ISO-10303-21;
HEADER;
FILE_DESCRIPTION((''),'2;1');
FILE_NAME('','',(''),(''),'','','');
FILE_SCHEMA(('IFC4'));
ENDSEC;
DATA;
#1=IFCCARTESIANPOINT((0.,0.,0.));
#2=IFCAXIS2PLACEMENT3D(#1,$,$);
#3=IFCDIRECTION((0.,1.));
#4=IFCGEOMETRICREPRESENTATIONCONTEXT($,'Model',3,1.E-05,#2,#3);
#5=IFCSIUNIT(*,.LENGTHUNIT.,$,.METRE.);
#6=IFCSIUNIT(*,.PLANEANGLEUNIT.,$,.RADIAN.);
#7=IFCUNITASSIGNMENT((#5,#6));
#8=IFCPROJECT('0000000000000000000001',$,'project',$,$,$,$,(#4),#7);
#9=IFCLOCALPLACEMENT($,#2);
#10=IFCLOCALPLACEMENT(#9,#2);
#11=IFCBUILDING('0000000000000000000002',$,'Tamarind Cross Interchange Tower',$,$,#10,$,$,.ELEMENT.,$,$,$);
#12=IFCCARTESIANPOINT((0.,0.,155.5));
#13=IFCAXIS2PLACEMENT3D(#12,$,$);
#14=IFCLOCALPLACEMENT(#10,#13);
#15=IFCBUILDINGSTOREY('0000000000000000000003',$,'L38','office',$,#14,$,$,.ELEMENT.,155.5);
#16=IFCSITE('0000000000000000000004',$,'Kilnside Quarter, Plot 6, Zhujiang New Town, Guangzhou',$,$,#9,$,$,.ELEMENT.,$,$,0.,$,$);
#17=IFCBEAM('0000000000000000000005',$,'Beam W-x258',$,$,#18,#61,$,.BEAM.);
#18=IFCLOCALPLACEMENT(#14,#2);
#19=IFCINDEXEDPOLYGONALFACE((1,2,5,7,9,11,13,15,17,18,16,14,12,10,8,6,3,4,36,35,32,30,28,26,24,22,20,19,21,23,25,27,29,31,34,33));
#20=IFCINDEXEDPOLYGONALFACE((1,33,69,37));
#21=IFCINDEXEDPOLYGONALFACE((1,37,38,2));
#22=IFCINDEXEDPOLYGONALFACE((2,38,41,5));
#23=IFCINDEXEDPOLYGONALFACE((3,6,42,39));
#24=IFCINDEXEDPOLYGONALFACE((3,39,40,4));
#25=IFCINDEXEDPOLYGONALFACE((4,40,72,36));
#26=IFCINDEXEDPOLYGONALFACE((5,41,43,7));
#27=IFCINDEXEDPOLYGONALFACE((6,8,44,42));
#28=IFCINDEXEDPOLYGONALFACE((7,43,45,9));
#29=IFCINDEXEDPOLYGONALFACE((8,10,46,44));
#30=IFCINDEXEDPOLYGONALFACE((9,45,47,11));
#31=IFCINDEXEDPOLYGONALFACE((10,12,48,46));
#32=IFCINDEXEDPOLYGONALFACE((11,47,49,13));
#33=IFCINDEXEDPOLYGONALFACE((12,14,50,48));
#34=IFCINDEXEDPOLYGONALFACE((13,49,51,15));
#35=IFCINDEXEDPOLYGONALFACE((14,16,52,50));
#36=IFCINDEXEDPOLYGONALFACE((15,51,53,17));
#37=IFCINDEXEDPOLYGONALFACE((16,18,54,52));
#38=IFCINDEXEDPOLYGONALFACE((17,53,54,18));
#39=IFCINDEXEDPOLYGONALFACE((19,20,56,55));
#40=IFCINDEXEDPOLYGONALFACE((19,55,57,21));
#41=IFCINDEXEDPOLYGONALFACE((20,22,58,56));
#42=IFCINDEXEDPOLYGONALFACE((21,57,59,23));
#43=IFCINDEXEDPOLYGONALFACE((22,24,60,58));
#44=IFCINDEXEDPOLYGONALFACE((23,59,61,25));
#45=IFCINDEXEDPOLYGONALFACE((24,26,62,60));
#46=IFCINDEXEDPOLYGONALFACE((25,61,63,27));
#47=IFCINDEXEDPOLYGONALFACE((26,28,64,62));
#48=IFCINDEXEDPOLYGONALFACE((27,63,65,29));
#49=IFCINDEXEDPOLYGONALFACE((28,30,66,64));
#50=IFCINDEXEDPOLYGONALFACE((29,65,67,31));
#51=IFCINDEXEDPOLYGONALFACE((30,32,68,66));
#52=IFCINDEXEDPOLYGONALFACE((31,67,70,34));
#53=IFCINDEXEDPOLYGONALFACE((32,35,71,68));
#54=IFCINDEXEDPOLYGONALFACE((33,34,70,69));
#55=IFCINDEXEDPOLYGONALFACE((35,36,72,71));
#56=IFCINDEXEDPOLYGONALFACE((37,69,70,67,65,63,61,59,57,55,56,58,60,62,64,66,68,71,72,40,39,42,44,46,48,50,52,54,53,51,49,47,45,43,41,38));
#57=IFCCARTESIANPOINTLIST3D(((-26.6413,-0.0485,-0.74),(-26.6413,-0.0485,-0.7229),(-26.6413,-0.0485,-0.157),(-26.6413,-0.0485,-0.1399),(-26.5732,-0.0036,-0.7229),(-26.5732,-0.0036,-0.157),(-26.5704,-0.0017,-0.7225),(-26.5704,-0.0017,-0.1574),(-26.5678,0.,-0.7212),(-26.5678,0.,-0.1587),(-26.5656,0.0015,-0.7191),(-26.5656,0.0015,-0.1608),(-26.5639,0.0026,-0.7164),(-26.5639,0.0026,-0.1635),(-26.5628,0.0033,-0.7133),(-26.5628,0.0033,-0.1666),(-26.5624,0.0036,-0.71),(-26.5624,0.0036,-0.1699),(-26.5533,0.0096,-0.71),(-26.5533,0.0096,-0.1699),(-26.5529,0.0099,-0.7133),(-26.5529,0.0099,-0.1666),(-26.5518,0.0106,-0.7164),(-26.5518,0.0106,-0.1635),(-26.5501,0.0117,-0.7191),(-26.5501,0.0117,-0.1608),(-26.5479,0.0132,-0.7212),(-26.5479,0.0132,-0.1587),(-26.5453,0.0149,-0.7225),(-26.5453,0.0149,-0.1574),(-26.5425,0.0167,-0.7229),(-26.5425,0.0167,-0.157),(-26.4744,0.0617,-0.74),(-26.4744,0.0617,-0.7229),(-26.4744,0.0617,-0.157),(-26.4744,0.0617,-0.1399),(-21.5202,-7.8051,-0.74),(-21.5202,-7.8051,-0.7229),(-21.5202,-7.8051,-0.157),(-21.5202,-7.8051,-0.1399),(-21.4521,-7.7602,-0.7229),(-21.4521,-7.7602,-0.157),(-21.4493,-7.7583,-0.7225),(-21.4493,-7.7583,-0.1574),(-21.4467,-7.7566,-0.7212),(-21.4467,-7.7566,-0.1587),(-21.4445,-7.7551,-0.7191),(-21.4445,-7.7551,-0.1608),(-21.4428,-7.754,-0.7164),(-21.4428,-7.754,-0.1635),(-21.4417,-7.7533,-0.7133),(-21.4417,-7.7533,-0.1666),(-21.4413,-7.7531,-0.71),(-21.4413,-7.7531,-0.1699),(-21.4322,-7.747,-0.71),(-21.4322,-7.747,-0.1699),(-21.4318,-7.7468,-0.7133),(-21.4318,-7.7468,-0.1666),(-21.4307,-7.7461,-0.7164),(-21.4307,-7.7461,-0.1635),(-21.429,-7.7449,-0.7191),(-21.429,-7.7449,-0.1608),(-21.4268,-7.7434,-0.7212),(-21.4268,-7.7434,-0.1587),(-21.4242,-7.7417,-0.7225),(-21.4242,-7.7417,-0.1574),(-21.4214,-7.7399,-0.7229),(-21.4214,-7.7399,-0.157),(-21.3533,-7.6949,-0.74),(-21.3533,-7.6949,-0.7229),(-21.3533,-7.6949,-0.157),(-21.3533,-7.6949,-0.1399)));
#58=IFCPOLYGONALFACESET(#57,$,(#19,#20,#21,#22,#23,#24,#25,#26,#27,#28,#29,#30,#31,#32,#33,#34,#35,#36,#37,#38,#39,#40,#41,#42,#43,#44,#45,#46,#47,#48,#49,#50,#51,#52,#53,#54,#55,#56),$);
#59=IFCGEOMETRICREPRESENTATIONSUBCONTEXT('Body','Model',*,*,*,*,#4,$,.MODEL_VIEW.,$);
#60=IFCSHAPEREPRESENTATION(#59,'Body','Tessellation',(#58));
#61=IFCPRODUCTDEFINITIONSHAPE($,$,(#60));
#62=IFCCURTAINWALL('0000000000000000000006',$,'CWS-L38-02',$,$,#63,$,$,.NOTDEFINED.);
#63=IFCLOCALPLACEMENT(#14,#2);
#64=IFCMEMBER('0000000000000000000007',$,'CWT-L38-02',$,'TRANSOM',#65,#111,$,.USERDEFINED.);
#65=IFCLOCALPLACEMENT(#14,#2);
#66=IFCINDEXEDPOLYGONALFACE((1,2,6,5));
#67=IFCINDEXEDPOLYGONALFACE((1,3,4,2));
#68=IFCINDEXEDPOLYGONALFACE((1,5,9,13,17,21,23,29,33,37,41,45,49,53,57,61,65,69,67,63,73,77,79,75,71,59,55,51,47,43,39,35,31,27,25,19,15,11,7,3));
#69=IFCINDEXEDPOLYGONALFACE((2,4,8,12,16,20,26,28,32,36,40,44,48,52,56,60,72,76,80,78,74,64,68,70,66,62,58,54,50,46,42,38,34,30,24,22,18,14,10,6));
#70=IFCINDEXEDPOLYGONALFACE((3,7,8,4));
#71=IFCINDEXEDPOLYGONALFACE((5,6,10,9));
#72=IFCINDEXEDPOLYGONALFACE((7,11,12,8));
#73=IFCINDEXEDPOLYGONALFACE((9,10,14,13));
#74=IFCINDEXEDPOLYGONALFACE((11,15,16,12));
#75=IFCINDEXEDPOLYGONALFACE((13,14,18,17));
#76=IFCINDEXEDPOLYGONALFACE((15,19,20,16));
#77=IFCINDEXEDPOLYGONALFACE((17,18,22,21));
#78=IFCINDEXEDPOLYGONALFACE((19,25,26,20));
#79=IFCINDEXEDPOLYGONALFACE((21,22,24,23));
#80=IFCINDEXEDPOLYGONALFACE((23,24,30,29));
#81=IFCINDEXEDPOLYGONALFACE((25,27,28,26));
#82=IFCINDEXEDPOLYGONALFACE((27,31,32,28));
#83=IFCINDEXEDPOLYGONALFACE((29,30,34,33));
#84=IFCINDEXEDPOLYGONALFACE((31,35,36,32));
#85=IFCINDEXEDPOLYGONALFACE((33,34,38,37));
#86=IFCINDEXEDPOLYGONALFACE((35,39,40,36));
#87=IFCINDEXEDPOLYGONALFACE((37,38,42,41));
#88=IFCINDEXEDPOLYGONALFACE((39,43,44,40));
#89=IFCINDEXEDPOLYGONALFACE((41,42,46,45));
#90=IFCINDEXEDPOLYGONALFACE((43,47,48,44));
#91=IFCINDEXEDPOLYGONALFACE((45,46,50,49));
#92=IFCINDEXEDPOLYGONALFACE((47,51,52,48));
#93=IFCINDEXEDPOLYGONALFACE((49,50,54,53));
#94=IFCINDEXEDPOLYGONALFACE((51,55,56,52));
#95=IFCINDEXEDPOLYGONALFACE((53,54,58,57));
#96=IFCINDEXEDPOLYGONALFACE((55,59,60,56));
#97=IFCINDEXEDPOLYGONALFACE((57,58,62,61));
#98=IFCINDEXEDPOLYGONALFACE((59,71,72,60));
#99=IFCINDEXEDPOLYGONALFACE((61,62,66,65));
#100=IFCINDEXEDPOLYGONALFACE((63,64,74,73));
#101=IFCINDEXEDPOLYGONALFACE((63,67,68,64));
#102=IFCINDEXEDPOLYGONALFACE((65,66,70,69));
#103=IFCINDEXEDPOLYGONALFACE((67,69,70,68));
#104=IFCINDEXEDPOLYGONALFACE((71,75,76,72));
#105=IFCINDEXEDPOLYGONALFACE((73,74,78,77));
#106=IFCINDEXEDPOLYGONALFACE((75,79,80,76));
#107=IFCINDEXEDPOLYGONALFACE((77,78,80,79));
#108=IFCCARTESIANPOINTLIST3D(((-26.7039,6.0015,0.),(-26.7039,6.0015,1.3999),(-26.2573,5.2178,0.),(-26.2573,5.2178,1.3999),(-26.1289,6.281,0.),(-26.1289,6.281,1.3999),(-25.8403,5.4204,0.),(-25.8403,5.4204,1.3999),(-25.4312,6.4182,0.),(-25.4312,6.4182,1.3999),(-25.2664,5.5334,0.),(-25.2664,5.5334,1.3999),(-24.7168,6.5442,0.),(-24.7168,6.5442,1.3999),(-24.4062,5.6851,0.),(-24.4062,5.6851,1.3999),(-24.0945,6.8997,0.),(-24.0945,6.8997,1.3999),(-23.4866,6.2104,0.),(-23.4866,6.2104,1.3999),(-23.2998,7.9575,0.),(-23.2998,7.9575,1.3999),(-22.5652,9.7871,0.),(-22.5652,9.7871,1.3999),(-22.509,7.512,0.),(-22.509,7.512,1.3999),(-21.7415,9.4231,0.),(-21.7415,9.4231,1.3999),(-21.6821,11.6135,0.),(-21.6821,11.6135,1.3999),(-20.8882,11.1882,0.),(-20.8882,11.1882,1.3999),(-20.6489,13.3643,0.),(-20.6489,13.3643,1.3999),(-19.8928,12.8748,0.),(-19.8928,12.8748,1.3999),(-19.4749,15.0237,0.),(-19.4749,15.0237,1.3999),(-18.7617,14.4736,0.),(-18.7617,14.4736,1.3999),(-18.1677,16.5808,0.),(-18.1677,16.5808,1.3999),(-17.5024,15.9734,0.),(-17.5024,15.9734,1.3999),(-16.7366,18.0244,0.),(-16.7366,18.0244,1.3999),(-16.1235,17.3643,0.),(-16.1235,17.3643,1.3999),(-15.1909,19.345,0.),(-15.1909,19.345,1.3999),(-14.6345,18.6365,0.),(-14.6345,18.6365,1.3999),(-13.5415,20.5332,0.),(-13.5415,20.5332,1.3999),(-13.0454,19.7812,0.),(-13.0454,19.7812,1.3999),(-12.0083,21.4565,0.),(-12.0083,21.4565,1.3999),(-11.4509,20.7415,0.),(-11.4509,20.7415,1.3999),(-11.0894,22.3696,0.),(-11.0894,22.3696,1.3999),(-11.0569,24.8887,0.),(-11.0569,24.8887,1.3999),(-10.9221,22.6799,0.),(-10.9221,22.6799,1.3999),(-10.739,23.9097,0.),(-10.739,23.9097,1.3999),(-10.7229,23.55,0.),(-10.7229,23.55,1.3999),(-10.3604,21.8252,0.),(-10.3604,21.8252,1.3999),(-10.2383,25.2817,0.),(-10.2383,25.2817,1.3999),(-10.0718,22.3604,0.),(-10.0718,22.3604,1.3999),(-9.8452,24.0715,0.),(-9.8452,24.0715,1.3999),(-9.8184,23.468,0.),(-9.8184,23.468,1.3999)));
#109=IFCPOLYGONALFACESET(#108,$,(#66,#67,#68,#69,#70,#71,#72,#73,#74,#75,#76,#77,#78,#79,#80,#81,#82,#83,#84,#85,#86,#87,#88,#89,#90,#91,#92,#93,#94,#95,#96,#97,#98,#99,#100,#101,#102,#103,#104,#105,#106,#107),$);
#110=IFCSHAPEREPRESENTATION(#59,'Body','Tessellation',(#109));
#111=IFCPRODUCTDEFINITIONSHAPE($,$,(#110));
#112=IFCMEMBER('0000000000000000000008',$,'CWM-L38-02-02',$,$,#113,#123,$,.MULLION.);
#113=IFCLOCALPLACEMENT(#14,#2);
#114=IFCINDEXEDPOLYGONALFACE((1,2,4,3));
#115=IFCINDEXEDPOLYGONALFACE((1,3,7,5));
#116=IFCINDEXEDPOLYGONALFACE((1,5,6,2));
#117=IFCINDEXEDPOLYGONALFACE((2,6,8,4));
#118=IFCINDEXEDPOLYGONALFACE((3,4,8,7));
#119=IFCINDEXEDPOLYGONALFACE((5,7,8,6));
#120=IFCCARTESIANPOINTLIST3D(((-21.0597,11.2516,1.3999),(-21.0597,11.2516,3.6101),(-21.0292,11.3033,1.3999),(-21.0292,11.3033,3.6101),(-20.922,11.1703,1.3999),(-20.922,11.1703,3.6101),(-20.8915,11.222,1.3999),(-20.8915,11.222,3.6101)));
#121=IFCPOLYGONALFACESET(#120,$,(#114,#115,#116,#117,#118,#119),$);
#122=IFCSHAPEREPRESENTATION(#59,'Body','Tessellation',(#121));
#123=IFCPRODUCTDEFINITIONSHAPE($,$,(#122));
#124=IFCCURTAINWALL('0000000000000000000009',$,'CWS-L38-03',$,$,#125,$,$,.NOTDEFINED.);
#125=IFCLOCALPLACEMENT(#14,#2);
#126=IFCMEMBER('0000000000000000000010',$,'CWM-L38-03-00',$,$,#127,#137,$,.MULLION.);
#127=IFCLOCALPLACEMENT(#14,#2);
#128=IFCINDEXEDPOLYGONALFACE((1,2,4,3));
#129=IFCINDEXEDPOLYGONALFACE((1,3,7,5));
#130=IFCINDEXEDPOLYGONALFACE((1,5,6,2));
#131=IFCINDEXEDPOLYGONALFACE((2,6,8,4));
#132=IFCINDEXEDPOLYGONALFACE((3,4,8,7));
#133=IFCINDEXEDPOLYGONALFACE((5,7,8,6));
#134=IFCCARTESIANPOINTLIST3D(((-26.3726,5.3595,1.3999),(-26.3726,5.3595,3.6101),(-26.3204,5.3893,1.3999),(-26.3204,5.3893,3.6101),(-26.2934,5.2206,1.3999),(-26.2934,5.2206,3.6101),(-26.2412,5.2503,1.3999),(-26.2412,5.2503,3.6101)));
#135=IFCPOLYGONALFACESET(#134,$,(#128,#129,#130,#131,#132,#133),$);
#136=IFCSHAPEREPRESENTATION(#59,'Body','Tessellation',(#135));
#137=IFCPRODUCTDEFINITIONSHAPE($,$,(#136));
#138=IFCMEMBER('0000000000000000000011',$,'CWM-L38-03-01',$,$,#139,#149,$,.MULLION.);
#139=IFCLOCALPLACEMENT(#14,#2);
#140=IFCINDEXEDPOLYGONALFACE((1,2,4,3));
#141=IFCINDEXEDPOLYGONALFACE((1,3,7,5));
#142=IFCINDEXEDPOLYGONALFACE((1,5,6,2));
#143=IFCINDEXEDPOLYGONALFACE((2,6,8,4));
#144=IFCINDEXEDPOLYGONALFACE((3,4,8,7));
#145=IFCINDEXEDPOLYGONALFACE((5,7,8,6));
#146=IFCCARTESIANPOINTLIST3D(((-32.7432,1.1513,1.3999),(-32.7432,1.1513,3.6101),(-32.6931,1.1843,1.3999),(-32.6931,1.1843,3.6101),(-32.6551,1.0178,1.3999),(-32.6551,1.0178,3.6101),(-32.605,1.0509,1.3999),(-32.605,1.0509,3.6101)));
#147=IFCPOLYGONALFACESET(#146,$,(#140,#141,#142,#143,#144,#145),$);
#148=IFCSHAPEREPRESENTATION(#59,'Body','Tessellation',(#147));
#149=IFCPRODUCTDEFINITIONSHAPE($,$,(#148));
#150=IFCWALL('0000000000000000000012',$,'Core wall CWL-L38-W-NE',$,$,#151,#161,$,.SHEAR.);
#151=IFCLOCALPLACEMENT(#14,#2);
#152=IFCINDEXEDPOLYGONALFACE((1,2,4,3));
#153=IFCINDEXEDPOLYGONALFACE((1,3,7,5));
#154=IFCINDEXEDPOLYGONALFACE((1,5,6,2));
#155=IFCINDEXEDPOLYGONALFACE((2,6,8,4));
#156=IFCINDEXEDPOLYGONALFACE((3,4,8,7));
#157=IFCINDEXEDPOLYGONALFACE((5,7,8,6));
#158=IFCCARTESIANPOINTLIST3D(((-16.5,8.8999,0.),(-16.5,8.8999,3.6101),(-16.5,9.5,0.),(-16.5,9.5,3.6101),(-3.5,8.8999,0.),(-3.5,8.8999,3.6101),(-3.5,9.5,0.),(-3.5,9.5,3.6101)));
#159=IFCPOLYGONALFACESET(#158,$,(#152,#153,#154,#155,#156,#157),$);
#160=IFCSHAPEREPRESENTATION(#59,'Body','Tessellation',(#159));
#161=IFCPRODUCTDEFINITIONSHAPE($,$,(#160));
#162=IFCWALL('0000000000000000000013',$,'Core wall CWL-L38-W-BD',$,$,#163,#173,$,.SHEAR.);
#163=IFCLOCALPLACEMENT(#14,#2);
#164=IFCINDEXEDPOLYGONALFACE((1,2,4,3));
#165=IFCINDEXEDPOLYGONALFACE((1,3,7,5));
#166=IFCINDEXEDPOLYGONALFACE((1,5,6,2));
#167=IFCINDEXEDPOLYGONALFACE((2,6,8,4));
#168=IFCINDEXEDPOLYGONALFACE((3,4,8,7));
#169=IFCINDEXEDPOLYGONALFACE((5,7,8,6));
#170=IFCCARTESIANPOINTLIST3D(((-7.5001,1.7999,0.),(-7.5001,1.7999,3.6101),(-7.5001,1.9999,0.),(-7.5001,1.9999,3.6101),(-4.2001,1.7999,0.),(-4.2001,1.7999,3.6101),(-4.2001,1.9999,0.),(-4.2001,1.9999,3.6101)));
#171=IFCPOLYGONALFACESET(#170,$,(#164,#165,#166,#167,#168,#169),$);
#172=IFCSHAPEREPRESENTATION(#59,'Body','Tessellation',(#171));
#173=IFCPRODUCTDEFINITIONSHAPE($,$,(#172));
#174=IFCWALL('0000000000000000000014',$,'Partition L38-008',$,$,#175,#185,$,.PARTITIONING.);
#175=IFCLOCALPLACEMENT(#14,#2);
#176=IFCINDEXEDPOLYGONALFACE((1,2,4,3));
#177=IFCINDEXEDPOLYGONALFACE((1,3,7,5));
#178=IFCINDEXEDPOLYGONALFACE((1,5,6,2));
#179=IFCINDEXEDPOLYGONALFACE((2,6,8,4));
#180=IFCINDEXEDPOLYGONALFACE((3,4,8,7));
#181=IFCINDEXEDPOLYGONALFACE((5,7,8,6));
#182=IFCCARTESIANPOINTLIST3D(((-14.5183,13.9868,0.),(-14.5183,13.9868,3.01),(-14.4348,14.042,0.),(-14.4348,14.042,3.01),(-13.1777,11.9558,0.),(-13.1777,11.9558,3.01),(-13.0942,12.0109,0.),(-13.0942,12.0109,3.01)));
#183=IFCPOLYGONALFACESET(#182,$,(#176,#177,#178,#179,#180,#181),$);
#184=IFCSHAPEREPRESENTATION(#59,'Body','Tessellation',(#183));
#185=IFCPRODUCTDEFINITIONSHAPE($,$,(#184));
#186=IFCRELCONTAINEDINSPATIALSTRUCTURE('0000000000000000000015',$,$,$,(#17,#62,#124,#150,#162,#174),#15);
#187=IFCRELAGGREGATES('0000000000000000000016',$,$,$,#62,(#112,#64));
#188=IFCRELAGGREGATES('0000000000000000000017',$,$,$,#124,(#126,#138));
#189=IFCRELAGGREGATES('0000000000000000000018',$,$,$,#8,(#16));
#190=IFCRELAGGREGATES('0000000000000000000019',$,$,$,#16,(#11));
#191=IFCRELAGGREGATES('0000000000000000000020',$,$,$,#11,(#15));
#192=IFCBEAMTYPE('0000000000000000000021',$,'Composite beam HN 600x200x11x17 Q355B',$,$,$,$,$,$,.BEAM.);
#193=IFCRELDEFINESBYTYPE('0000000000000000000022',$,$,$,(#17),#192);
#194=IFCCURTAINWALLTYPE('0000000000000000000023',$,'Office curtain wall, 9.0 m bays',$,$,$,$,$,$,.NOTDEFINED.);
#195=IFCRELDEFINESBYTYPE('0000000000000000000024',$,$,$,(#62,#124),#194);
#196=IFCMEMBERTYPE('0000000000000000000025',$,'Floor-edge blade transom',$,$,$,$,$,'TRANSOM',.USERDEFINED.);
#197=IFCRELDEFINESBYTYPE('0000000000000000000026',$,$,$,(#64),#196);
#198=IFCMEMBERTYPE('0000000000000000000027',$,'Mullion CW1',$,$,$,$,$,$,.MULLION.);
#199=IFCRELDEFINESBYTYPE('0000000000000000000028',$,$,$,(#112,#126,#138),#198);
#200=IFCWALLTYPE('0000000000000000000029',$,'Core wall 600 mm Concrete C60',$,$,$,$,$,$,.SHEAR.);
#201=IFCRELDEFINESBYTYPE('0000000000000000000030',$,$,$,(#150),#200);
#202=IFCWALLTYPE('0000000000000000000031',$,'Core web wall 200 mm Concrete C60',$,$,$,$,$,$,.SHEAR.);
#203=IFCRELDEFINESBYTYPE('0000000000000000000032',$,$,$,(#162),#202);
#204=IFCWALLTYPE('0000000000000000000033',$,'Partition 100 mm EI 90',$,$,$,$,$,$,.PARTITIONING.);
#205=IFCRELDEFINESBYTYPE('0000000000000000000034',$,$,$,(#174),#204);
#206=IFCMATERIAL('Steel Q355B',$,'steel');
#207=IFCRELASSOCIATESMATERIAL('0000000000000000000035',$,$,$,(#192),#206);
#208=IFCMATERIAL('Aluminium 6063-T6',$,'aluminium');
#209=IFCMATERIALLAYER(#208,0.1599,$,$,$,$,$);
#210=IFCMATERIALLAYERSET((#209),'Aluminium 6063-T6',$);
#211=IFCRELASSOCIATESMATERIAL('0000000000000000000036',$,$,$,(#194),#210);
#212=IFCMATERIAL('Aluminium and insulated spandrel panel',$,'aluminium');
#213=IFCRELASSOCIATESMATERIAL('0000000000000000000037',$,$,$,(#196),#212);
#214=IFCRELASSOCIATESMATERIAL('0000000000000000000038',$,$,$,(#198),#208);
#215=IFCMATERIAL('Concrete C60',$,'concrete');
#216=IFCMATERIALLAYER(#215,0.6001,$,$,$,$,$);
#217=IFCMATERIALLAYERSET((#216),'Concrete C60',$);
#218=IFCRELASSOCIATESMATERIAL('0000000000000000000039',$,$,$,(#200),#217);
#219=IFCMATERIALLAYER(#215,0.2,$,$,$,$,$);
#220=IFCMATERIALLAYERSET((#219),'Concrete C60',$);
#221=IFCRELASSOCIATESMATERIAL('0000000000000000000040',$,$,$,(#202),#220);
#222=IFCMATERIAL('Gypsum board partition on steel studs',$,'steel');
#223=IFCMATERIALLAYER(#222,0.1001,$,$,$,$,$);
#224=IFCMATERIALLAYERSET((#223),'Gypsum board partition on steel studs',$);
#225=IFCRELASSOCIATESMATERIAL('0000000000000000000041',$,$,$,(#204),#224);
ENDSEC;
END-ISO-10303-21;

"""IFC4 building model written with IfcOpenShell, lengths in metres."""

from ifc_helpers import new_model, si_unit, direction, frame, frame_2d, origin, origin_2d, place, context, subcontext, project, spatial, polyline, rectangle, i_section, outline, extrude, material, layer, layer_set, material_profile, profile_set, type_object, element, aggregate, save


model = new_model("IFC4")

# Units and contexts
model_context = context("Model", 3, precision=1e-05, world=origin(), true_north=direction((0.0, 1.0)))
body_context = subcontext(model_context, "Body", "Model", "MODEL_VIEW")
ifc_project = project(units=[si_unit("LENGTHUNIT", "METRE"), si_unit("PLANEANGLEUNIT", "RADIAN")], contexts=[model_context])

# Site, building, storey
site_placement = place(None, origin())
site = spatial("IfcSite", under=ifc_project, at=site_placement, Name="Kilnside Quarter, Plot 6, Zhujiang New Town, Guangzhou", CompositionType="ELEMENT", RefElevation=0.0)
building_placement = place(site_placement, origin())
building = spatial("IfcBuilding", under=site, at=building_placement, Name="Tamarind Cross Interchange Tower", CompositionType="ELEMENT")
storey_placement = place(building_placement, frame((0.0, 0.0, 155.5)))
storey = spatial("IfcBuildingStorey", under=building, at=storey_placement, Name="L38", Description="office", CompositionType="ELEMENT", Elevation=155.5)

# Shared definitions
ifc_material_1 = material(Name="Concrete C60", Category="concrete")

# Beam
ifc_material_2 = material(Name="Steel Q355B", Category="steel")
ifc_material_profile_1 = material_profile(ifc_material_2, i_section(OverallWidth=0.2, OverallDepth=0.6001, WebThickness=0.011, FlangeThickness=0.0171, FilletRadius=0.0129, at=origin_2d()), Name="HN 600x200x11x17")
ifc_profile_set_1 = profile_set([ifc_material_profile_1], Name="Steel Q355B")
beam_type_1 = type_object("IfcBeamType", Name="Composite beam HN 600x200x11x17 Q355B", PredefinedType="BEAM", material=ifc_profile_set_1)
beam_1_placement = place(storey_placement, frame((-26.5579, 0.0066, -0.4399), z_axis=(0.550973, -0.834523, 0.0), x_axis=(0.834523, 0.550973, 0.0)))
element("IfcBeam", 1, at=beam_1_placement, inside=storey, type_object=beam_type_1, Name="Beam W-x258", PredefinedType="BEAM", context=body_context, shape_type="SweptSolid", body=[
    extrude(i_section(OverallWidth=0.2, OverallDepth=0.6001, WebThickness=0.011, FlangeThickness=0.0171, FilletRadius=0.0129, at=origin_2d()), origin(), (0.0, 0.0, 1.0), 9.2947),
])

# Curtain walls, members
ifc_material_3 = material(Name="Aluminium 6063-T6", Category="aluminium")
ifc_layer_1 = layer(ifc_material_3, 0.1599)
ifc_layer_set_1 = layer_set([ifc_layer_1], Name="Aluminium 6063-T6")
curtain_wall_type = type_object("IfcCurtainWallType", Name="Office curtain wall, 9.0 m bays", PredefinedType="NOTDEFINED", material=ifc_layer_set_1)
curtain_wall_1_placement = place(storey_placement, origin())
curtain_wall_1 = element("IfcCurtainWall", 2, at=curtain_wall_1_placement, inside=storey, type_object=curtain_wall_type, Name="CWS-L38-02", PredefinedType="NOTDEFINED")
ifc_material_4 = material(Name="Aluminium and insulated spandrel panel", Category="aluminium")
member_type_1 = type_object("IfcMemberType", Name="Floor-edge blade transom", ElementType="TRANSOM", PredefinedType="USERDEFINED", material=ifc_material_4)
member_1_placement = place(storey_placement, origin())
member_1 = element("IfcMember", 3, at=member_1_placement, type_object=member_type_1, Name="CWT-L38-02", ObjectType="TRANSOM", PredefinedType="USERDEFINED", context=body_context, shape_type="SweptSolid", body=[
    extrude(outline(polyline([(-10.2383, 25.2817), (-9.8452, 24.0715), (-9.8184, 23.468), (-10.0718, 22.3604), (-10.3604, 21.8252), (-11.4509, 20.7415), (-13.0454, 19.7812), (-14.6345, 18.6365), (-16.1235, 17.3643), (-17.5024, 15.9734), (-18.7617, 14.4736), (-19.8928, 12.8748), (-20.8882, 11.1882), (-21.7415, 9.4231), (-22.509, 7.512), (-23.4866, 6.2104), (-24.4062, 5.6851), (-25.2664, 5.5334), (-25.8403, 5.4204), (-26.2573, 5.2178), (-26.7039, 6.0015), (-26.1289, 6.281), (-25.4312, 6.4182), (-24.7168, 6.5442), (-24.0945, 6.8997), (-23.2998, 7.9575), (-22.5652, 9.7871), (-21.6821, 11.6135), (-20.6489, 13.3643), (-19.4749, 15.0237), (-18.1677, 16.5808), (-16.7366, 18.0244), (-15.1909, 19.345), (-13.5415, 20.5332), (-12.0083, 21.4565), (-11.0894, 22.3696), (-10.9221, 22.6799), (-10.7229, 23.55), (-10.739, 23.9097), (-11.0569, 24.8887), (-10.2383, 25.2817)])), origin(), (0.0, 0.0, 1.0), 1.3999),
])
ifc_material_profile_2 = material_profile(ifc_material_3, rectangle(XDim=0.0601, YDim=0.1599, at=origin_2d()), Name="Mullion CW1")
ifc_profile_set_2 = profile_set([ifc_material_profile_2], Name="Aluminium 6063-T6")
member_type_2 = type_object("IfcMemberType", Name="Mullion CW1", PredefinedType="MULLION", material=ifc_profile_set_2)
member_2_placement = place(storey_placement, frame((-20.9756, 11.2368, 1.3999), z_axis=(0.0, 0.0, 1.0), x_axis=(-0.508183, -0.861249, 0.0)))
member_2 = element("IfcMember", 4, at=member_2_placement, type_object=member_type_2, Name="CWM-L38-02-02", PredefinedType="MULLION", context=body_context, shape_type="SweptSolid", body=[
    extrude(rectangle(XDim=0.0601, YDim=0.1599, at=origin_2d()), origin(), (0.0, 0.0, 1.0), 2.2102),
])
aggregate(curtain_wall_1, [member_2, member_1])
curtain_wall_2_placement = place(storey_placement, origin())
curtain_wall_2 = element("IfcCurtainWall", 5, at=curtain_wall_2_placement, inside=storey, type_object=curtain_wall_type, Name="CWS-L38-03", PredefinedType="NOTDEFINED")
member_3_placement = place(storey_placement, frame((-26.3069, 5.3049, 1.3999), z_axis=(0.0, 0.0, 1.0), x_axis=(-0.868773, -0.49521, 0.0)))
member_3 = element("IfcMember", 6, at=member_3_placement, type_object=member_type_2, Name="CWM-L38-03-00", PredefinedType="MULLION", context=body_context, shape_type="SweptSolid", body=[
    extrude(rectangle(XDim=0.0601, YDim=0.1599, at=origin_2d()), origin(), (0.0, 0.0, 1.0), 2.2102),
])
member_4_placement = place(storey_placement, frame((-32.6741, 1.1011, 1.3999), z_axis=(0.0, 0.0, 1.0), x_axis=(-0.834525, -0.55097, 0.0)))
member_4 = element("IfcMember", 7, at=member_4_placement, type_object=member_type_2, Name="CWM-L38-03-01", PredefinedType="MULLION", context=body_context, shape_type="SweptSolid", body=[
    extrude(rectangle(XDim=0.0601, YDim=0.1599, at=origin_2d()), origin(), (0.0, 0.0, 1.0), 2.2102),
])
aggregate(curtain_wall_2, [member_3, member_4])

# Walls
ifc_layer_2 = layer(ifc_material_1, 0.6001)
ifc_layer_set_2 = layer_set([ifc_layer_2], Name="Concrete C60")
wall_type_1 = type_object("IfcWallType", Name="Core wall 600 mm Concrete C60", PredefinedType="SHEAR", material=ifc_layer_set_2)
wall_1_placement = place(storey_placement, frame((-16.5, 9.2, 0.0), z_axis=(0.0, 0.0, 1.0), x_axis=(1.0, 0.0, 0.0)))
element("IfcWall", 8, at=wall_1_placement, inside=storey, type_object=wall_type_1, Name="Core wall CWL-L38-W-NE", PredefinedType="SHEAR", context=body_context, shape_type="SweptSolid", body=[
    extrude(rectangle(XDim=13.0, YDim=0.6001, at=frame_2d((6.5, 0.0))), origin(), (0.0, 0.0, 1.0), 3.6101),
])
ifc_layer_3 = layer(ifc_material_1, 0.2)
ifc_layer_set_3 = layer_set([ifc_layer_3], Name="Concrete C60")
wall_type_2 = type_object("IfcWallType", Name="Core web wall 200 mm Concrete C60", PredefinedType="SHEAR", material=ifc_layer_set_3)
wall_2_placement = place(storey_placement, frame((-7.5, 1.8999, 0.0), z_axis=(0.0, 0.0, 1.0), x_axis=(1.0, 0.0, 0.0)))
element("IfcWall", 9, at=wall_2_placement, inside=storey, type_object=wall_type_2, Name="Core wall CWL-L38-W-BD", PredefinedType="SHEAR", context=body_context, shape_type="SweptSolid", body=[
    extrude(rectangle(XDim=3.3, YDim=0.2, at=frame_2d((1.6499, 0.0))), origin(), (0.0, 0.0, 1.0), 3.6101),
])
ifc_material_5 = material(Name="Gypsum board partition on steel studs", Category="steel")
ifc_layer_4 = layer(ifc_material_5, 0.1001)
ifc_layer_set_4 = layer_set([ifc_layer_4], Name="Gypsum board partition on steel studs")
wall_type_3 = type_object("IfcWallType", Name="Partition 100 mm EI 90", PredefinedType="PARTITIONING", material=ifc_layer_set_4)
wall_3_placement = place(storey_placement, frame((-14.4766, 14.0144, 0.0), z_axis=(0.0, 0.0, 1.0), x_axis=(0.550874, -0.834588, 0.0)))
element("IfcWall", 10, at=wall_3_placement, inside=storey, type_object=wall_type_3, Name="Partition L38-008", PredefinedType="PARTITIONING", context=body_context, shape_type="SweptSolid", body=[
    extrude(rectangle(XDim=2.4336, YDim=0.1001, at=frame_2d((1.2168, 0.0))), origin(), (0.0, 0.0, 1.0), 3.01),
])

save(model, "model.ifc")
